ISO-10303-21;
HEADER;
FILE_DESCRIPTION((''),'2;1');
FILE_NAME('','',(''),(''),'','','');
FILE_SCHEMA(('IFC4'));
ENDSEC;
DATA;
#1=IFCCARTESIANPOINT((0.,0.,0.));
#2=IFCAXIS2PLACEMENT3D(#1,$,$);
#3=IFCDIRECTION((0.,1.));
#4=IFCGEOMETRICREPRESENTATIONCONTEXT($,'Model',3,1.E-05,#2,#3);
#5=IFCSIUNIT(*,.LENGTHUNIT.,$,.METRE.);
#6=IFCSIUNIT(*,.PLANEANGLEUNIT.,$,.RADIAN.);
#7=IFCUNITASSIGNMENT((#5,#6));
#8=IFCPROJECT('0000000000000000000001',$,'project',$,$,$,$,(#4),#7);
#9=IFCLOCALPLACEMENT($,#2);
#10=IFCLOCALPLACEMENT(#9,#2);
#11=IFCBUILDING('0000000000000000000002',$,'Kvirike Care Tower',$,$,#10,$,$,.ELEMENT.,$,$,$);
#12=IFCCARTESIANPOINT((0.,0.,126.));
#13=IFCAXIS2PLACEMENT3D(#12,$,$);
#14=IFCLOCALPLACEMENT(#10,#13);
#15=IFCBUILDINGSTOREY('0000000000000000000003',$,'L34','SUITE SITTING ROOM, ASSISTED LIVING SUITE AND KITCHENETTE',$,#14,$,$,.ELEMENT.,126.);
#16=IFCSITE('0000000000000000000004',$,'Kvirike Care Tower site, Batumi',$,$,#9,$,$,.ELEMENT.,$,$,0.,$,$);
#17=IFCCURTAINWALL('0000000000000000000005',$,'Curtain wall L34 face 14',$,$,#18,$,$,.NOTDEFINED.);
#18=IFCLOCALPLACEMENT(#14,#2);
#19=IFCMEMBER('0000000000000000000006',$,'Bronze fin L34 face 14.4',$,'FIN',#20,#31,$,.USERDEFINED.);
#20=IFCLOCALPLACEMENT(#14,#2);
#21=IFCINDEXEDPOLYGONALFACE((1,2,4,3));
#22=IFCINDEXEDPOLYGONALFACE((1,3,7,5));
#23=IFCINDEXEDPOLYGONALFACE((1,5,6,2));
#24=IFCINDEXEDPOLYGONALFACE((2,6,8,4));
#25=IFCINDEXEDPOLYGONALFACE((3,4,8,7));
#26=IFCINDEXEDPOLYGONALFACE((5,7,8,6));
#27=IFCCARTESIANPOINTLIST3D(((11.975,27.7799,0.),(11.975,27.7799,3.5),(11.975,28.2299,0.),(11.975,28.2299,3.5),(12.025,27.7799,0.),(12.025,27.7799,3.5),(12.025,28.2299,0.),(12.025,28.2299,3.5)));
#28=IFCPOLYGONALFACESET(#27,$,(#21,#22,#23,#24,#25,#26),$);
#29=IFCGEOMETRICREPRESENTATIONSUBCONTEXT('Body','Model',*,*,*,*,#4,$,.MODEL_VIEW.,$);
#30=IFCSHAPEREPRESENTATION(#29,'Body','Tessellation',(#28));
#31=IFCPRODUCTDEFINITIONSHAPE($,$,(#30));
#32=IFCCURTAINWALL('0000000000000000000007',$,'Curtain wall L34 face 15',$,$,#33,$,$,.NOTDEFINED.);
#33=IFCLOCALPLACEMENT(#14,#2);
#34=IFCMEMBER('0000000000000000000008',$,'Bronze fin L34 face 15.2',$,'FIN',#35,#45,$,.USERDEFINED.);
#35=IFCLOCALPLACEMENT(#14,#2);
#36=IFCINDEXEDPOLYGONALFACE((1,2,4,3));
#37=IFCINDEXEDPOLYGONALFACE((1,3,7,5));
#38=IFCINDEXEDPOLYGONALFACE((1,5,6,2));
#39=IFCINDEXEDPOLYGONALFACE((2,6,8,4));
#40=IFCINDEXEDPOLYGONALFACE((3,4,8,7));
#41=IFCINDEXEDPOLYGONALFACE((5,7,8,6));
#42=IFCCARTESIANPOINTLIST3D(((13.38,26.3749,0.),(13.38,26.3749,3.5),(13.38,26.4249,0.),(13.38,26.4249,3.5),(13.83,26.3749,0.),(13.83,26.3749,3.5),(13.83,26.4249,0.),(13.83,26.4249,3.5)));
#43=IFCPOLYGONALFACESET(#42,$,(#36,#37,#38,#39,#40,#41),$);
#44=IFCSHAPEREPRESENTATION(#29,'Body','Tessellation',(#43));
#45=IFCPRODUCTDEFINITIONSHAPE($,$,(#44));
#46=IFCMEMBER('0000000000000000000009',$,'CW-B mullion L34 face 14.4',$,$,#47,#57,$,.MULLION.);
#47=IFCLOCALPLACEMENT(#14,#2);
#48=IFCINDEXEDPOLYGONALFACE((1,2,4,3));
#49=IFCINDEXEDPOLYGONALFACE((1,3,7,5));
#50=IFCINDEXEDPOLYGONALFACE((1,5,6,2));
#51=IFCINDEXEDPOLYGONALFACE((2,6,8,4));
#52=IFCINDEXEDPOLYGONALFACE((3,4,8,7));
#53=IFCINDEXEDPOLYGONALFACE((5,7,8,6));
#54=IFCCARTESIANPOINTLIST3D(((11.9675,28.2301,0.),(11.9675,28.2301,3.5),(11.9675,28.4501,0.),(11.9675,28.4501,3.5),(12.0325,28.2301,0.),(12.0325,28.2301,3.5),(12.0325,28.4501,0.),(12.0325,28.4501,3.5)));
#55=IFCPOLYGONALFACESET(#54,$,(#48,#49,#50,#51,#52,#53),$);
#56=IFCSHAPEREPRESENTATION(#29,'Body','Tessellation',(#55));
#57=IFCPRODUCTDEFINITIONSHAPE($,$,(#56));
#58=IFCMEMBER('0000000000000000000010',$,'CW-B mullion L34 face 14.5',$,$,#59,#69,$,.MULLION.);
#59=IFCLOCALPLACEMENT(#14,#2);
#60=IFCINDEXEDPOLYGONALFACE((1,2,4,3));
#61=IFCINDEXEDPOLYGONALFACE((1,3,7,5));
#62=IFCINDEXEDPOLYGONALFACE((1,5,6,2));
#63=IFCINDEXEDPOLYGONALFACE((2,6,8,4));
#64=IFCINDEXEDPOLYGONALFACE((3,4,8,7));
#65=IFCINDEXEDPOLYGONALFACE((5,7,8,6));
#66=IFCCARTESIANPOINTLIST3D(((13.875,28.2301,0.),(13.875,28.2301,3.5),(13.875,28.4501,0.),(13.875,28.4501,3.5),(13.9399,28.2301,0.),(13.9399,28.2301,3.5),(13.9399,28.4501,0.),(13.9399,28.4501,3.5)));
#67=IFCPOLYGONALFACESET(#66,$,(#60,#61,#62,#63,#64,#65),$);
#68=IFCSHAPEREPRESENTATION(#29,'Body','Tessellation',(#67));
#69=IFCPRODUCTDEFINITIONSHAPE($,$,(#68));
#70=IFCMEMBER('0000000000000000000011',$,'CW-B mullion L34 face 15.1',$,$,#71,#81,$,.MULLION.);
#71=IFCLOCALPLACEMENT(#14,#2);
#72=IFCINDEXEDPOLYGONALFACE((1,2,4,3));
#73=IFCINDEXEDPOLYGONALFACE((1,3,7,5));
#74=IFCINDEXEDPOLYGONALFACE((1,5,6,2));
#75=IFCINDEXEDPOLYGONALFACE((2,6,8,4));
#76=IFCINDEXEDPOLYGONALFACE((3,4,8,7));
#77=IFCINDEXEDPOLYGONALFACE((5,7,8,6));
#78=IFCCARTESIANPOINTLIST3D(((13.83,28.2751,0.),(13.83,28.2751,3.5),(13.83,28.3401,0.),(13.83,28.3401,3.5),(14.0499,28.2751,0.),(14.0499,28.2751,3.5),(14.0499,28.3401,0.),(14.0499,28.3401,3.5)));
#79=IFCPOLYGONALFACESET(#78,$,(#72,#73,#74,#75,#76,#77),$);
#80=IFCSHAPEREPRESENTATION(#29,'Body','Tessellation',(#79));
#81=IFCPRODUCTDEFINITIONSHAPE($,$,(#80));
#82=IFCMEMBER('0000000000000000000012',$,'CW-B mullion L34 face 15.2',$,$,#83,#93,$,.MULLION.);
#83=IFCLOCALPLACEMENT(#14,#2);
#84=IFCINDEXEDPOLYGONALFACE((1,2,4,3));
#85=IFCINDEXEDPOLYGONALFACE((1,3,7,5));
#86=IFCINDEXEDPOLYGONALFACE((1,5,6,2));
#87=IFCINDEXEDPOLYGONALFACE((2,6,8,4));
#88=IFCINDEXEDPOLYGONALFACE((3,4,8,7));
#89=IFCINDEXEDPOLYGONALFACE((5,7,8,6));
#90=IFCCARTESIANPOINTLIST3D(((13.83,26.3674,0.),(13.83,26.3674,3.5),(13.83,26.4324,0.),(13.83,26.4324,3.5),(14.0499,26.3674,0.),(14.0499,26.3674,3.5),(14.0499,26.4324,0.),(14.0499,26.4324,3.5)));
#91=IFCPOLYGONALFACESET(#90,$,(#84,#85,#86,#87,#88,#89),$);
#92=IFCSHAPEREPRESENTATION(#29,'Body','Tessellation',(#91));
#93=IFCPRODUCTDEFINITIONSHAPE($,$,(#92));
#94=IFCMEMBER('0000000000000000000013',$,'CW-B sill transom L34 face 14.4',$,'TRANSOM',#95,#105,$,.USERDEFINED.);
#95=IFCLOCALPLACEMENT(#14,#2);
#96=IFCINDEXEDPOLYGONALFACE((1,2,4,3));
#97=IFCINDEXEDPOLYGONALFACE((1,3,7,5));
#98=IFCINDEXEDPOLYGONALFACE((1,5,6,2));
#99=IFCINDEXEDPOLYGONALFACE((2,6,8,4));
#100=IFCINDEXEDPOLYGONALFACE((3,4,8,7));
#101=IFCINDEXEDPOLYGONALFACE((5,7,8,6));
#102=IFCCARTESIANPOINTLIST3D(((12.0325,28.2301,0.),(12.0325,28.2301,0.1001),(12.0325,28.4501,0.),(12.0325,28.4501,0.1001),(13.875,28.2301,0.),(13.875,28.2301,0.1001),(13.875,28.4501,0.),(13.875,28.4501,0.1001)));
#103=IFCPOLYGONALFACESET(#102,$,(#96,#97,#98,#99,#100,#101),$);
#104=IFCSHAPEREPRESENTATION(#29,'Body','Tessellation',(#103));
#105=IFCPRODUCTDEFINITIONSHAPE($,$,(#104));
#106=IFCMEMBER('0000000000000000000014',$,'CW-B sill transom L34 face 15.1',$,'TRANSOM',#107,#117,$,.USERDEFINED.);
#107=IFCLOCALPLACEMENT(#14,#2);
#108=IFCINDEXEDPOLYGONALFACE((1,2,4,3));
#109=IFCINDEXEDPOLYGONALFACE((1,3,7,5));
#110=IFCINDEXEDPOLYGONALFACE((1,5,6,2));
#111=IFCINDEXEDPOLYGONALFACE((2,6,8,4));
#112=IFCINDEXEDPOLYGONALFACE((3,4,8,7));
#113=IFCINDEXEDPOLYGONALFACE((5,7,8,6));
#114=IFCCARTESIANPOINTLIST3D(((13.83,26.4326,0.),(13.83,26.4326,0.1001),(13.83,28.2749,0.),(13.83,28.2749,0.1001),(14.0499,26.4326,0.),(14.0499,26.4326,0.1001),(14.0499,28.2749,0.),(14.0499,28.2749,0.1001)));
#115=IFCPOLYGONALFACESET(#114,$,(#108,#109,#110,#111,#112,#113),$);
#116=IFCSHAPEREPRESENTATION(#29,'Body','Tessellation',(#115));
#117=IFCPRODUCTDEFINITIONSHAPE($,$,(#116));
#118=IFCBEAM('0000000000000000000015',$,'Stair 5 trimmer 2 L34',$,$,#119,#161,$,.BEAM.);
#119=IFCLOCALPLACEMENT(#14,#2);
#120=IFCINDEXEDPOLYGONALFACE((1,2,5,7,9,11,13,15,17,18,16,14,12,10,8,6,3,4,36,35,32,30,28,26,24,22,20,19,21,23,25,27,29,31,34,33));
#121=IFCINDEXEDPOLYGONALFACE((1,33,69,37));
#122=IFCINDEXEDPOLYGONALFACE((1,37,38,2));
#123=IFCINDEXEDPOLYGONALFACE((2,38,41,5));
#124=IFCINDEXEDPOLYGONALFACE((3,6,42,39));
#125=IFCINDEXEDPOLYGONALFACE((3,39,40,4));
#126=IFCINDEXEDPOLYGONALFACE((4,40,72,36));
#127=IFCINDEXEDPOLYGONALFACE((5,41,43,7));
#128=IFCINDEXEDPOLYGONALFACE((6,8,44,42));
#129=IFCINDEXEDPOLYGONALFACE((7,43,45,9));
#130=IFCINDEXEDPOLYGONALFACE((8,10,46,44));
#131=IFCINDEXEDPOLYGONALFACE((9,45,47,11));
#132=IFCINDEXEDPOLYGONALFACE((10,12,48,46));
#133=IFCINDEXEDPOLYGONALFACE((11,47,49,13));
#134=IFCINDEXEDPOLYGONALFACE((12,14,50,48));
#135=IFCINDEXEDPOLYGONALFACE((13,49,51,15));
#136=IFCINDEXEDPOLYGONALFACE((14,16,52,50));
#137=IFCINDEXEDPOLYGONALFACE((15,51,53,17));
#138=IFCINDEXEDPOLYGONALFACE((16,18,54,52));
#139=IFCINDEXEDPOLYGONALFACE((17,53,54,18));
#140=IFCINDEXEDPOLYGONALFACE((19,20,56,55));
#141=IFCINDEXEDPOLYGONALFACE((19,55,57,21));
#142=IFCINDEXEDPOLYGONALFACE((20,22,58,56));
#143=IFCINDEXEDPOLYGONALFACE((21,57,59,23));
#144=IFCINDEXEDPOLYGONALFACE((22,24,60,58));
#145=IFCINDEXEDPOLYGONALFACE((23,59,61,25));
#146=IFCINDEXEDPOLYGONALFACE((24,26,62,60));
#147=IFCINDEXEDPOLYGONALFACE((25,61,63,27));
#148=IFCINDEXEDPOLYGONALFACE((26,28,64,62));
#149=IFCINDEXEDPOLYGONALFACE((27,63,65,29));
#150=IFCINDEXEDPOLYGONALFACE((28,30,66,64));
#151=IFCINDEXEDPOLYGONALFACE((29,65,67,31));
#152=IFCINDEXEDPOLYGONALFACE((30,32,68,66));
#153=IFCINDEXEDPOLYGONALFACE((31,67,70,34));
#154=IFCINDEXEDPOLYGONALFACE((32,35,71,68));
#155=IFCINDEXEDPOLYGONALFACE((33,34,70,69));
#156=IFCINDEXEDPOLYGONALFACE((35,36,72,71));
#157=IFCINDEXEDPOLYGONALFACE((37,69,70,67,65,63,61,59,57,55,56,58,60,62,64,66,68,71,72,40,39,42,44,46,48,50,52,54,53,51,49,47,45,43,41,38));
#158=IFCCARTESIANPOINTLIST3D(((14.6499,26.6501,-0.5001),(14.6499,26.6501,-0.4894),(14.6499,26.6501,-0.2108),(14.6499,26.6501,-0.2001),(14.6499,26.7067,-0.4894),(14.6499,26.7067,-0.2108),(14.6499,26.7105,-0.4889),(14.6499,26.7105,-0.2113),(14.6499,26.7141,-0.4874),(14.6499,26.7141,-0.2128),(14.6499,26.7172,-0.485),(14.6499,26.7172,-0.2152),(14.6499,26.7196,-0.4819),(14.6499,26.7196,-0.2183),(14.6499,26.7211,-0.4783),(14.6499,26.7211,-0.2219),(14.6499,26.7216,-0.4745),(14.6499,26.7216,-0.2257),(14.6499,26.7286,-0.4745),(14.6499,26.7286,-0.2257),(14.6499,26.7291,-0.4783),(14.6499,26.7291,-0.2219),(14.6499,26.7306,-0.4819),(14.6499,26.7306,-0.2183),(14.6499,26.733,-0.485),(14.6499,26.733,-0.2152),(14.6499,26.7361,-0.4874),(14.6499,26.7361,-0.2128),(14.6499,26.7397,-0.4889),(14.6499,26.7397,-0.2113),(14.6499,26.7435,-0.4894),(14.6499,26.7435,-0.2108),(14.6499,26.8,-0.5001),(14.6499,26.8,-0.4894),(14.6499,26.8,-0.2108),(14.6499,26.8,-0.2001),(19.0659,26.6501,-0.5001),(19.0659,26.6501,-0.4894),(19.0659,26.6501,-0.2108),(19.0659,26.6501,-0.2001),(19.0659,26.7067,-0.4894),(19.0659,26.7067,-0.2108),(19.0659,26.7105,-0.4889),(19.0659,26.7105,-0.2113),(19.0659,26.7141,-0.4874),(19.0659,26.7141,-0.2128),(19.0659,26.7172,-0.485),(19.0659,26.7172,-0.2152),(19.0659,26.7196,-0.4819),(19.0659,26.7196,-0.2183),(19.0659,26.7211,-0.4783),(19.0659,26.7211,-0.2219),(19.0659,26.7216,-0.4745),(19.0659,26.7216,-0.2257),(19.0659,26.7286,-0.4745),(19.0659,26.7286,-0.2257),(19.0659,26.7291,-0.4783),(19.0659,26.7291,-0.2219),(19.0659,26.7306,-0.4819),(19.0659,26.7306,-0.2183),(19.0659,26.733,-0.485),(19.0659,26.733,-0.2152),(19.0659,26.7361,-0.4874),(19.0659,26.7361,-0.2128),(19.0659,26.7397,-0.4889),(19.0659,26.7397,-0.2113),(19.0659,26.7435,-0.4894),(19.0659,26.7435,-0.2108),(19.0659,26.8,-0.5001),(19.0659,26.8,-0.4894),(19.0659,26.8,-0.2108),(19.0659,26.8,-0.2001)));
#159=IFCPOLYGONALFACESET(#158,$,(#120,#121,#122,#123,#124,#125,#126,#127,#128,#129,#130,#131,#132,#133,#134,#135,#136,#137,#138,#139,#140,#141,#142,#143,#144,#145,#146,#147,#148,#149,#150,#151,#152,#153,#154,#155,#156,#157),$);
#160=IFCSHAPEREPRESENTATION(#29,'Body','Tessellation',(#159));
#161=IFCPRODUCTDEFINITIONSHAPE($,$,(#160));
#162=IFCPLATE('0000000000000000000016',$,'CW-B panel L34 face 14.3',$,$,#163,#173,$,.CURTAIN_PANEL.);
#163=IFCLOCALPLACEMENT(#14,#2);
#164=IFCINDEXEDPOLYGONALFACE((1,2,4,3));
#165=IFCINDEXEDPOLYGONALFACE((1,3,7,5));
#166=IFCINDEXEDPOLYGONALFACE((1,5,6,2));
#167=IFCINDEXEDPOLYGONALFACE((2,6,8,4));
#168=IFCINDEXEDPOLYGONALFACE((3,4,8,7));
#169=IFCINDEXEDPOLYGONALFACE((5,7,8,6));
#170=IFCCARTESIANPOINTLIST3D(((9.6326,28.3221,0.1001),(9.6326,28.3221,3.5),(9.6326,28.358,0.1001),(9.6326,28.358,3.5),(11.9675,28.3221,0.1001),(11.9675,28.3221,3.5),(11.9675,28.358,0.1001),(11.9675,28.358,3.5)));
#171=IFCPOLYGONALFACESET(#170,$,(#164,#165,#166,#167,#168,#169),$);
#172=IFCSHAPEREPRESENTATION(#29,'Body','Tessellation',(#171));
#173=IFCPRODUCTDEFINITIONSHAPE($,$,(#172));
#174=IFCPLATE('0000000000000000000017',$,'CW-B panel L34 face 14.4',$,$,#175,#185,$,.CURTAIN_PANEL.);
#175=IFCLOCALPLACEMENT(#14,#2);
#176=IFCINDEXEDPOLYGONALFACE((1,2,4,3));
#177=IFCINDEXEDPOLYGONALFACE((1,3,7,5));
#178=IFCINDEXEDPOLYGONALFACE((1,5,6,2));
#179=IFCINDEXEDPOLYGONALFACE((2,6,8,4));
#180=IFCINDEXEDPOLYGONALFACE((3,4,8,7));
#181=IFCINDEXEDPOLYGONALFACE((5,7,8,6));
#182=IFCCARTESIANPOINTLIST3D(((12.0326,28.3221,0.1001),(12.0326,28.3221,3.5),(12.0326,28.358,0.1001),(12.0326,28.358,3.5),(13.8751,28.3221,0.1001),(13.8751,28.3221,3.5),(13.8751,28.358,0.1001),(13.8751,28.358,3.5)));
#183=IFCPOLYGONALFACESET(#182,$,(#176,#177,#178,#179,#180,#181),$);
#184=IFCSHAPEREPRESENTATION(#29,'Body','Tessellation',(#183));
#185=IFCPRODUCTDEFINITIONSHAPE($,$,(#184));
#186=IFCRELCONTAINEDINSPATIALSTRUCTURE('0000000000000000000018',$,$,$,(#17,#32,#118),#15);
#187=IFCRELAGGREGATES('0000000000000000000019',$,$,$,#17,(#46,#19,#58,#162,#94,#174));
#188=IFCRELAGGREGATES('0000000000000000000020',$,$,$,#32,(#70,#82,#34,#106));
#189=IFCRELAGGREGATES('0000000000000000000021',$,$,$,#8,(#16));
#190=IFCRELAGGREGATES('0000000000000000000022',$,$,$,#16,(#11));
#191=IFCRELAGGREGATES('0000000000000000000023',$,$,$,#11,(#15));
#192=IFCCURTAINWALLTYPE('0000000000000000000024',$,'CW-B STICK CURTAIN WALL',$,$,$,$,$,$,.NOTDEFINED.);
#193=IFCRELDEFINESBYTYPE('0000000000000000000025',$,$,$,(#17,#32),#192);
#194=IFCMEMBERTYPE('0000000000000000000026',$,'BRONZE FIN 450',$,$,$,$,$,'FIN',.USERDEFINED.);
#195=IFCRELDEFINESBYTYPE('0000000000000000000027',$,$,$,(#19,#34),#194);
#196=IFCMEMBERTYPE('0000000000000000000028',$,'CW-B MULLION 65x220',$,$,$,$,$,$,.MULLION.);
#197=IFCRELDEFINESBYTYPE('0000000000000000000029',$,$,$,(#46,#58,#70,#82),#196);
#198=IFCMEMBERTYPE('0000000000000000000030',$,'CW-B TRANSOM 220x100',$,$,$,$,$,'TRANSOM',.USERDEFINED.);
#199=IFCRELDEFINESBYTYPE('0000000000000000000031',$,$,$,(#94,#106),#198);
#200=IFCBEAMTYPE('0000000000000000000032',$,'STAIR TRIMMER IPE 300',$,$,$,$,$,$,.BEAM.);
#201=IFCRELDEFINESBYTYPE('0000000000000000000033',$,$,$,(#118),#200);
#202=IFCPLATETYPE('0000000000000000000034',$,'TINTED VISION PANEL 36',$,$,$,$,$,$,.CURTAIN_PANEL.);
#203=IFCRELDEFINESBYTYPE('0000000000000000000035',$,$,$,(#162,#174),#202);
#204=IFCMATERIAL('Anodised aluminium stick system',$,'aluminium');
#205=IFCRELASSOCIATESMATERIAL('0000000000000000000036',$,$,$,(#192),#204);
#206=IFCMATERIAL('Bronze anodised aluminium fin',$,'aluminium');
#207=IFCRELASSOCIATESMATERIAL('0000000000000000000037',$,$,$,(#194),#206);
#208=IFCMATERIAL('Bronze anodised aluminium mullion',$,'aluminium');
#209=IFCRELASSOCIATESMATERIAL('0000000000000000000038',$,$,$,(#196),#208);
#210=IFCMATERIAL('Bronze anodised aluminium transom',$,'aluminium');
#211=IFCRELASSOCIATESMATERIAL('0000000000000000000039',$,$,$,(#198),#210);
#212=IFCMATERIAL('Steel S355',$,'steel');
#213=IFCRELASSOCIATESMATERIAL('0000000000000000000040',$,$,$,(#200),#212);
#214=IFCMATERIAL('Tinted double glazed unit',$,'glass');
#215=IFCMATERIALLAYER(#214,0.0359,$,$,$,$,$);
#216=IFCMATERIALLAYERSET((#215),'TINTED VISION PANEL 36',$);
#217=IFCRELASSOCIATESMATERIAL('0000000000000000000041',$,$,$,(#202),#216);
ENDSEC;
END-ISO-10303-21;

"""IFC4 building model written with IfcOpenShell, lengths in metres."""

from ifc_helpers import new_model, si_unit, direction, frame, origin, origin_2d, place, context, subcontext, project, spatial, rectangle, i_section, extrude, material, layer, layer_set, material_profile, profile_set, type_object, element, aggregate, save


model = new_model("IFC4")

# Units and contexts
model_context = context("Model", 3, precision=1e-05, world=origin(), true_north=direction((0.0, 1.0)))
body_context = subcontext(model_context, "Body", "Model", "MODEL_VIEW")
ifc_project = project(units=[si_unit("LENGTHUNIT", "METRE"), si_unit("PLANEANGLEUNIT", "RADIAN")], contexts=[model_context])

# Site, building, storey
site_placement = place(None, origin())
site = spatial("IfcSite", under=ifc_project, at=site_placement, Name="Kvirike Care Tower site, Batumi", CompositionType="ELEMENT", RefElevation=0.0)
building_placement = place(site_placement, origin())
building = spatial("IfcBuilding", under=site, at=building_placement, Name="Kvirike Care Tower", CompositionType="ELEMENT")
storey_placement = place(building_placement, frame((0.0, 0.0, 126.0)))
storey = spatial("IfcBuildingStorey", under=building, at=storey_placement, Name="L34", Description="SUITE SITTING ROOM, ASSISTED LIVING SUITE AND KITCHENETTE", CompositionType="ELEMENT", Elevation=126.0)

# Curtain walls, members
ifc_material_1 = material(Name="Anodised aluminium stick system", Category="aluminium")
curtain_wall_type = type_object("IfcCurtainWallType", Name="CW-B STICK CURTAIN WALL", PredefinedType="NOTDEFINED", material=ifc_material_1)
curtain_wall_1_placement = place(storey_placement, origin())
curtain_wall_1 = element("IfcCurtainWall", 1, at=curtain_wall_1_placement, inside=storey, type_object=curtain_wall_type, Name="Curtain wall L34 face 14", PredefinedType="NOTDEFINED")
ifc_material_2 = material(Name="Bronze anodised aluminium fin", Category="aluminium")
ifc_material_profile_1 = material_profile(ifc_material_2, rectangle(XDim=0.05, YDim=0.45, at=origin_2d()), Name="BRONZE FIN 450")
ifc_profile_set_1 = profile_set([ifc_material_profile_1], Name="Bronze anodised aluminium fin")
member_type_1 = type_object("IfcMemberType", Name="BRONZE FIN 450", ElementType="FIN", PredefinedType="USERDEFINED", material=ifc_profile_set_1)
member_1_placement = place(storey_placement, frame((12.0, 28.0049, 0.0), z_axis=(0.0, 0.0, 1.0), x_axis=(1.0, 0.0, 0.0)))
member_1 = element("IfcMember", 2, at=member_1_placement, type_object=member_type_1, Name="Bronze fin L34 face 14.4", ObjectType="FIN", PredefinedType="USERDEFINED", context=body_context, shape_type="SweptSolid", body=[
    extrude(rectangle(XDim=0.05, YDim=0.45, at=origin_2d()), origin(), (0.0, 0.0, 1.0), 3.5),
])
curtain_wall_2_placement = place(storey_placement, origin())
curtain_wall_2 = element("IfcCurtainWall", 3, at=curtain_wall_2_placement, inside=storey, type_object=curtain_wall_type, Name="Curtain wall L34 face 15", PredefinedType="NOTDEFINED")
member_2_placement = place(storey_placement, frame((13.605, 26.3999, 0.0), z_axis=(0.0, 0.0, 1.0), x_axis=(0.0, -1.0, 0.0)))
member_2 = element("IfcMember", 4, at=member_2_placement, type_object=member_type_1, Name="Bronze fin L34 face 15.2", ObjectType="FIN", PredefinedType="USERDEFINED", context=body_context, shape_type="SweptSolid", body=[
    extrude(rectangle(XDim=0.05, YDim=0.45, at=origin_2d()), origin(), (0.0, 0.0, 1.0), 3.5),
])

# Members
ifc_material_3 = material(Name="Bronze anodised aluminium mullion", Category="aluminium")
ifc_material_profile_2 = material_profile(ifc_material_3, rectangle(XDim=0.0649, YDim=0.22, at=origin_2d()), Name="CW-B MULLION 65x220")
ifc_profile_set_2 = profile_set([ifc_material_profile_2], Name="Bronze anodised aluminium mullion")
member_type_2 = type_object("IfcMemberType", Name="CW-B MULLION 65x220", PredefinedType="MULLION", material=ifc_profile_set_2)
member_3_placement = place(storey_placement, frame((12.0, 28.3401, 0.0), z_axis=(0.0, 0.0, 1.0), x_axis=(1.0, 0.0, 0.0)))
member_3 = element("IfcMember", 5, at=member_3_placement, type_object=member_type_2, Name="CW-B mullion L34 face 14.4", PredefinedType="MULLION", context=body_context, shape_type="SweptSolid", body=[
    extrude(rectangle(XDim=0.0649, YDim=0.22, at=origin_2d()), origin(), (0.0, 0.0, 1.0), 3.5),
])
member_4_placement = place(storey_placement, frame((13.9075, 28.3401, 0.0), z_axis=(0.0, 0.0, 1.0), x_axis=(1.0, 0.0, 0.0)))
member_4 = element("IfcMember", 6, at=member_4_placement, type_object=member_type_2, Name="CW-B mullion L34 face 14.5", PredefinedType="MULLION", context=body_context, shape_type="SweptSolid", body=[
    extrude(rectangle(XDim=0.0649, YDim=0.22, at=origin_2d()), origin(), (0.0, 0.0, 1.0), 3.5),
])
member_5_placement = place(storey_placement, frame((13.9399, 28.3076, 0.0), z_axis=(0.0, 0.0, 1.0), x_axis=(0.0, -1.0, 0.0)))
member_5 = element("IfcMember", 7, at=member_5_placement, type_object=member_type_2, Name="CW-B mullion L34 face 15.1", PredefinedType="MULLION", context=body_context, shape_type="SweptSolid", body=[
    extrude(rectangle(XDim=0.0649, YDim=0.22, at=origin_2d()), origin(), (0.0, 0.0, 1.0), 3.5),
])
member_6_placement = place(storey_placement, frame((13.9399, 26.3999, 0.0), z_axis=(0.0, 0.0, 1.0), x_axis=(0.0, -1.0, 0.0)))
member_6 = element("IfcMember", 8, at=member_6_placement, type_object=member_type_2, Name="CW-B mullion L34 face 15.2", PredefinedType="MULLION", context=body_context, shape_type="SweptSolid", body=[
    extrude(rectangle(XDim=0.0649, YDim=0.22, at=origin_2d()), origin(), (0.0, 0.0, 1.0), 3.5),
])
ifc_material_4 = material(Name="Bronze anodised aluminium transom", Category="aluminium")
ifc_material_profile_3 = material_profile(ifc_material_4, rectangle(XDim=0.22, YDim=0.1001, at=origin_2d()), Name="CW-B TRANSOM 220x100")
ifc_profile_set_3 = profile_set([ifc_material_profile_3], Name="Bronze anodised aluminium transom")
member_type_3 = type_object("IfcMemberType", Name="CW-B TRANSOM 220x100", ElementType="TRANSOM", PredefinedType="USERDEFINED", material=ifc_profile_set_3)
member_7_placement = place(storey_placement, frame((12.0325, 28.3401, 0.05), z_axis=(1.0, 0.0, 0.0), x_axis=(0.0, 1.0, 0.0)))
member_7 = element("IfcMember", 9, at=member_7_placement, type_object=member_type_3, Name="CW-B sill transom L34 face 14.4", ObjectType="TRANSOM", PredefinedType="USERDEFINED", context=body_context, shape_type="SweptSolid", body=[
    extrude(rectangle(XDim=0.22, YDim=0.1001, at=origin_2d()), origin(), (0.0, 0.0, 1.0), 1.8425),
])
member_8_placement = place(storey_placement, frame((13.9399, 28.2749, 0.05), z_axis=(0.0, -1.0, 0.0), x_axis=(1.0, 0.0, 0.0)))
member_8 = element("IfcMember", 10, at=member_8_placement, type_object=member_type_3, Name="CW-B sill transom L34 face 15.1", ObjectType="TRANSOM", PredefinedType="USERDEFINED", context=body_context, shape_type="SweptSolid", body=[
    extrude(rectangle(XDim=0.22, YDim=0.1001, at=origin_2d()), origin(), (0.0, 0.0, 1.0), 1.8423),
])

# Beam
ifc_material_5 = material(Name="Steel S355", Category="steel")
ifc_material_profile_4 = material_profile(ifc_material_5, i_section(OverallWidth=0.1499, OverallDepth=0.3, WebThickness=0.0071, FlangeThickness=0.0107, FilletRadius=0.0149, at=origin_2d()), Name="IPE 300")
ifc_profile_set_4 = profile_set([ifc_material_profile_4], Name="Steel S355")
beam_type = type_object("IfcBeamType", Name="STAIR TRIMMER IPE 300", PredefinedType="BEAM", material=ifc_profile_set_4)
beam_placement = place(storey_placement, frame((14.6499, 26.7251, -0.3501), z_axis=(1.0, 0.0, 0.0), x_axis=(0.0, 1.0, 0.0)))
element("IfcBeam", 11, at=beam_placement, inside=storey, type_object=beam_type, Name="Stair 5 trimmer 2 L34", PredefinedType="BEAM", context=body_context, shape_type="SweptSolid", body=[
    extrude(i_section(OverallWidth=0.1499, OverallDepth=0.3, WebThickness=0.0071, FlangeThickness=0.0107, FilletRadius=0.0149, at=origin_2d()), origin(), (0.0, 0.0, 1.0), 4.416),
])

# Plates
ifc_material_6 = material(Name="Tinted double glazed unit", Category="glass")
ifc_layer_1 = layer(ifc_material_6, 0.0359)
ifc_layer_set_1 = layer_set([ifc_layer_1], Name="TINTED VISION PANEL 36")
plate_type = type_object("IfcPlateType", Name="TINTED VISION PANEL 36", PredefinedType="CURTAIN_PANEL", material=ifc_layer_set_1)
plate_1_placement = place(storey_placement, frame((10.8, 28.3401, 0.1001), z_axis=(0.0, 0.0, 1.0), x_axis=(1.0, 0.0, 0.0)))
plate_1 = element("IfcPlate", 12, at=plate_1_placement, type_object=plate_type, Name="CW-B panel L34 face 14.3", PredefinedType="CURTAIN_PANEL", context=body_context, shape_type="SweptSolid", body=[
    extrude(rectangle(XDim=2.335, YDim=0.0359, at=origin_2d()), origin(), (0.0, 0.0, 1.0), 3.3999),
])
plate_2_placement = place(storey_placement, frame((12.9539, 28.3401, 0.1001), z_axis=(0.0, 0.0, 1.0), x_axis=(1.0, 0.0, 0.0)))
plate_2 = element("IfcPlate", 13, at=plate_2_placement, type_object=plate_type, Name="CW-B panel L34 face 14.4", PredefinedType="CURTAIN_PANEL", context=body_context, shape_type="SweptSolid", body=[
    extrude(rectangle(XDim=1.8425, YDim=0.0359, at=origin_2d()), origin(), (0.0, 0.0, 1.0), 3.3999),
])
aggregate(curtain_wall_1, [member_3, member_1, member_4, plate_1, member_7, plate_2])
aggregate(curtain_wall_2, [member_5, member_6, member_2, member_8])

save(model, "model.ifc")
